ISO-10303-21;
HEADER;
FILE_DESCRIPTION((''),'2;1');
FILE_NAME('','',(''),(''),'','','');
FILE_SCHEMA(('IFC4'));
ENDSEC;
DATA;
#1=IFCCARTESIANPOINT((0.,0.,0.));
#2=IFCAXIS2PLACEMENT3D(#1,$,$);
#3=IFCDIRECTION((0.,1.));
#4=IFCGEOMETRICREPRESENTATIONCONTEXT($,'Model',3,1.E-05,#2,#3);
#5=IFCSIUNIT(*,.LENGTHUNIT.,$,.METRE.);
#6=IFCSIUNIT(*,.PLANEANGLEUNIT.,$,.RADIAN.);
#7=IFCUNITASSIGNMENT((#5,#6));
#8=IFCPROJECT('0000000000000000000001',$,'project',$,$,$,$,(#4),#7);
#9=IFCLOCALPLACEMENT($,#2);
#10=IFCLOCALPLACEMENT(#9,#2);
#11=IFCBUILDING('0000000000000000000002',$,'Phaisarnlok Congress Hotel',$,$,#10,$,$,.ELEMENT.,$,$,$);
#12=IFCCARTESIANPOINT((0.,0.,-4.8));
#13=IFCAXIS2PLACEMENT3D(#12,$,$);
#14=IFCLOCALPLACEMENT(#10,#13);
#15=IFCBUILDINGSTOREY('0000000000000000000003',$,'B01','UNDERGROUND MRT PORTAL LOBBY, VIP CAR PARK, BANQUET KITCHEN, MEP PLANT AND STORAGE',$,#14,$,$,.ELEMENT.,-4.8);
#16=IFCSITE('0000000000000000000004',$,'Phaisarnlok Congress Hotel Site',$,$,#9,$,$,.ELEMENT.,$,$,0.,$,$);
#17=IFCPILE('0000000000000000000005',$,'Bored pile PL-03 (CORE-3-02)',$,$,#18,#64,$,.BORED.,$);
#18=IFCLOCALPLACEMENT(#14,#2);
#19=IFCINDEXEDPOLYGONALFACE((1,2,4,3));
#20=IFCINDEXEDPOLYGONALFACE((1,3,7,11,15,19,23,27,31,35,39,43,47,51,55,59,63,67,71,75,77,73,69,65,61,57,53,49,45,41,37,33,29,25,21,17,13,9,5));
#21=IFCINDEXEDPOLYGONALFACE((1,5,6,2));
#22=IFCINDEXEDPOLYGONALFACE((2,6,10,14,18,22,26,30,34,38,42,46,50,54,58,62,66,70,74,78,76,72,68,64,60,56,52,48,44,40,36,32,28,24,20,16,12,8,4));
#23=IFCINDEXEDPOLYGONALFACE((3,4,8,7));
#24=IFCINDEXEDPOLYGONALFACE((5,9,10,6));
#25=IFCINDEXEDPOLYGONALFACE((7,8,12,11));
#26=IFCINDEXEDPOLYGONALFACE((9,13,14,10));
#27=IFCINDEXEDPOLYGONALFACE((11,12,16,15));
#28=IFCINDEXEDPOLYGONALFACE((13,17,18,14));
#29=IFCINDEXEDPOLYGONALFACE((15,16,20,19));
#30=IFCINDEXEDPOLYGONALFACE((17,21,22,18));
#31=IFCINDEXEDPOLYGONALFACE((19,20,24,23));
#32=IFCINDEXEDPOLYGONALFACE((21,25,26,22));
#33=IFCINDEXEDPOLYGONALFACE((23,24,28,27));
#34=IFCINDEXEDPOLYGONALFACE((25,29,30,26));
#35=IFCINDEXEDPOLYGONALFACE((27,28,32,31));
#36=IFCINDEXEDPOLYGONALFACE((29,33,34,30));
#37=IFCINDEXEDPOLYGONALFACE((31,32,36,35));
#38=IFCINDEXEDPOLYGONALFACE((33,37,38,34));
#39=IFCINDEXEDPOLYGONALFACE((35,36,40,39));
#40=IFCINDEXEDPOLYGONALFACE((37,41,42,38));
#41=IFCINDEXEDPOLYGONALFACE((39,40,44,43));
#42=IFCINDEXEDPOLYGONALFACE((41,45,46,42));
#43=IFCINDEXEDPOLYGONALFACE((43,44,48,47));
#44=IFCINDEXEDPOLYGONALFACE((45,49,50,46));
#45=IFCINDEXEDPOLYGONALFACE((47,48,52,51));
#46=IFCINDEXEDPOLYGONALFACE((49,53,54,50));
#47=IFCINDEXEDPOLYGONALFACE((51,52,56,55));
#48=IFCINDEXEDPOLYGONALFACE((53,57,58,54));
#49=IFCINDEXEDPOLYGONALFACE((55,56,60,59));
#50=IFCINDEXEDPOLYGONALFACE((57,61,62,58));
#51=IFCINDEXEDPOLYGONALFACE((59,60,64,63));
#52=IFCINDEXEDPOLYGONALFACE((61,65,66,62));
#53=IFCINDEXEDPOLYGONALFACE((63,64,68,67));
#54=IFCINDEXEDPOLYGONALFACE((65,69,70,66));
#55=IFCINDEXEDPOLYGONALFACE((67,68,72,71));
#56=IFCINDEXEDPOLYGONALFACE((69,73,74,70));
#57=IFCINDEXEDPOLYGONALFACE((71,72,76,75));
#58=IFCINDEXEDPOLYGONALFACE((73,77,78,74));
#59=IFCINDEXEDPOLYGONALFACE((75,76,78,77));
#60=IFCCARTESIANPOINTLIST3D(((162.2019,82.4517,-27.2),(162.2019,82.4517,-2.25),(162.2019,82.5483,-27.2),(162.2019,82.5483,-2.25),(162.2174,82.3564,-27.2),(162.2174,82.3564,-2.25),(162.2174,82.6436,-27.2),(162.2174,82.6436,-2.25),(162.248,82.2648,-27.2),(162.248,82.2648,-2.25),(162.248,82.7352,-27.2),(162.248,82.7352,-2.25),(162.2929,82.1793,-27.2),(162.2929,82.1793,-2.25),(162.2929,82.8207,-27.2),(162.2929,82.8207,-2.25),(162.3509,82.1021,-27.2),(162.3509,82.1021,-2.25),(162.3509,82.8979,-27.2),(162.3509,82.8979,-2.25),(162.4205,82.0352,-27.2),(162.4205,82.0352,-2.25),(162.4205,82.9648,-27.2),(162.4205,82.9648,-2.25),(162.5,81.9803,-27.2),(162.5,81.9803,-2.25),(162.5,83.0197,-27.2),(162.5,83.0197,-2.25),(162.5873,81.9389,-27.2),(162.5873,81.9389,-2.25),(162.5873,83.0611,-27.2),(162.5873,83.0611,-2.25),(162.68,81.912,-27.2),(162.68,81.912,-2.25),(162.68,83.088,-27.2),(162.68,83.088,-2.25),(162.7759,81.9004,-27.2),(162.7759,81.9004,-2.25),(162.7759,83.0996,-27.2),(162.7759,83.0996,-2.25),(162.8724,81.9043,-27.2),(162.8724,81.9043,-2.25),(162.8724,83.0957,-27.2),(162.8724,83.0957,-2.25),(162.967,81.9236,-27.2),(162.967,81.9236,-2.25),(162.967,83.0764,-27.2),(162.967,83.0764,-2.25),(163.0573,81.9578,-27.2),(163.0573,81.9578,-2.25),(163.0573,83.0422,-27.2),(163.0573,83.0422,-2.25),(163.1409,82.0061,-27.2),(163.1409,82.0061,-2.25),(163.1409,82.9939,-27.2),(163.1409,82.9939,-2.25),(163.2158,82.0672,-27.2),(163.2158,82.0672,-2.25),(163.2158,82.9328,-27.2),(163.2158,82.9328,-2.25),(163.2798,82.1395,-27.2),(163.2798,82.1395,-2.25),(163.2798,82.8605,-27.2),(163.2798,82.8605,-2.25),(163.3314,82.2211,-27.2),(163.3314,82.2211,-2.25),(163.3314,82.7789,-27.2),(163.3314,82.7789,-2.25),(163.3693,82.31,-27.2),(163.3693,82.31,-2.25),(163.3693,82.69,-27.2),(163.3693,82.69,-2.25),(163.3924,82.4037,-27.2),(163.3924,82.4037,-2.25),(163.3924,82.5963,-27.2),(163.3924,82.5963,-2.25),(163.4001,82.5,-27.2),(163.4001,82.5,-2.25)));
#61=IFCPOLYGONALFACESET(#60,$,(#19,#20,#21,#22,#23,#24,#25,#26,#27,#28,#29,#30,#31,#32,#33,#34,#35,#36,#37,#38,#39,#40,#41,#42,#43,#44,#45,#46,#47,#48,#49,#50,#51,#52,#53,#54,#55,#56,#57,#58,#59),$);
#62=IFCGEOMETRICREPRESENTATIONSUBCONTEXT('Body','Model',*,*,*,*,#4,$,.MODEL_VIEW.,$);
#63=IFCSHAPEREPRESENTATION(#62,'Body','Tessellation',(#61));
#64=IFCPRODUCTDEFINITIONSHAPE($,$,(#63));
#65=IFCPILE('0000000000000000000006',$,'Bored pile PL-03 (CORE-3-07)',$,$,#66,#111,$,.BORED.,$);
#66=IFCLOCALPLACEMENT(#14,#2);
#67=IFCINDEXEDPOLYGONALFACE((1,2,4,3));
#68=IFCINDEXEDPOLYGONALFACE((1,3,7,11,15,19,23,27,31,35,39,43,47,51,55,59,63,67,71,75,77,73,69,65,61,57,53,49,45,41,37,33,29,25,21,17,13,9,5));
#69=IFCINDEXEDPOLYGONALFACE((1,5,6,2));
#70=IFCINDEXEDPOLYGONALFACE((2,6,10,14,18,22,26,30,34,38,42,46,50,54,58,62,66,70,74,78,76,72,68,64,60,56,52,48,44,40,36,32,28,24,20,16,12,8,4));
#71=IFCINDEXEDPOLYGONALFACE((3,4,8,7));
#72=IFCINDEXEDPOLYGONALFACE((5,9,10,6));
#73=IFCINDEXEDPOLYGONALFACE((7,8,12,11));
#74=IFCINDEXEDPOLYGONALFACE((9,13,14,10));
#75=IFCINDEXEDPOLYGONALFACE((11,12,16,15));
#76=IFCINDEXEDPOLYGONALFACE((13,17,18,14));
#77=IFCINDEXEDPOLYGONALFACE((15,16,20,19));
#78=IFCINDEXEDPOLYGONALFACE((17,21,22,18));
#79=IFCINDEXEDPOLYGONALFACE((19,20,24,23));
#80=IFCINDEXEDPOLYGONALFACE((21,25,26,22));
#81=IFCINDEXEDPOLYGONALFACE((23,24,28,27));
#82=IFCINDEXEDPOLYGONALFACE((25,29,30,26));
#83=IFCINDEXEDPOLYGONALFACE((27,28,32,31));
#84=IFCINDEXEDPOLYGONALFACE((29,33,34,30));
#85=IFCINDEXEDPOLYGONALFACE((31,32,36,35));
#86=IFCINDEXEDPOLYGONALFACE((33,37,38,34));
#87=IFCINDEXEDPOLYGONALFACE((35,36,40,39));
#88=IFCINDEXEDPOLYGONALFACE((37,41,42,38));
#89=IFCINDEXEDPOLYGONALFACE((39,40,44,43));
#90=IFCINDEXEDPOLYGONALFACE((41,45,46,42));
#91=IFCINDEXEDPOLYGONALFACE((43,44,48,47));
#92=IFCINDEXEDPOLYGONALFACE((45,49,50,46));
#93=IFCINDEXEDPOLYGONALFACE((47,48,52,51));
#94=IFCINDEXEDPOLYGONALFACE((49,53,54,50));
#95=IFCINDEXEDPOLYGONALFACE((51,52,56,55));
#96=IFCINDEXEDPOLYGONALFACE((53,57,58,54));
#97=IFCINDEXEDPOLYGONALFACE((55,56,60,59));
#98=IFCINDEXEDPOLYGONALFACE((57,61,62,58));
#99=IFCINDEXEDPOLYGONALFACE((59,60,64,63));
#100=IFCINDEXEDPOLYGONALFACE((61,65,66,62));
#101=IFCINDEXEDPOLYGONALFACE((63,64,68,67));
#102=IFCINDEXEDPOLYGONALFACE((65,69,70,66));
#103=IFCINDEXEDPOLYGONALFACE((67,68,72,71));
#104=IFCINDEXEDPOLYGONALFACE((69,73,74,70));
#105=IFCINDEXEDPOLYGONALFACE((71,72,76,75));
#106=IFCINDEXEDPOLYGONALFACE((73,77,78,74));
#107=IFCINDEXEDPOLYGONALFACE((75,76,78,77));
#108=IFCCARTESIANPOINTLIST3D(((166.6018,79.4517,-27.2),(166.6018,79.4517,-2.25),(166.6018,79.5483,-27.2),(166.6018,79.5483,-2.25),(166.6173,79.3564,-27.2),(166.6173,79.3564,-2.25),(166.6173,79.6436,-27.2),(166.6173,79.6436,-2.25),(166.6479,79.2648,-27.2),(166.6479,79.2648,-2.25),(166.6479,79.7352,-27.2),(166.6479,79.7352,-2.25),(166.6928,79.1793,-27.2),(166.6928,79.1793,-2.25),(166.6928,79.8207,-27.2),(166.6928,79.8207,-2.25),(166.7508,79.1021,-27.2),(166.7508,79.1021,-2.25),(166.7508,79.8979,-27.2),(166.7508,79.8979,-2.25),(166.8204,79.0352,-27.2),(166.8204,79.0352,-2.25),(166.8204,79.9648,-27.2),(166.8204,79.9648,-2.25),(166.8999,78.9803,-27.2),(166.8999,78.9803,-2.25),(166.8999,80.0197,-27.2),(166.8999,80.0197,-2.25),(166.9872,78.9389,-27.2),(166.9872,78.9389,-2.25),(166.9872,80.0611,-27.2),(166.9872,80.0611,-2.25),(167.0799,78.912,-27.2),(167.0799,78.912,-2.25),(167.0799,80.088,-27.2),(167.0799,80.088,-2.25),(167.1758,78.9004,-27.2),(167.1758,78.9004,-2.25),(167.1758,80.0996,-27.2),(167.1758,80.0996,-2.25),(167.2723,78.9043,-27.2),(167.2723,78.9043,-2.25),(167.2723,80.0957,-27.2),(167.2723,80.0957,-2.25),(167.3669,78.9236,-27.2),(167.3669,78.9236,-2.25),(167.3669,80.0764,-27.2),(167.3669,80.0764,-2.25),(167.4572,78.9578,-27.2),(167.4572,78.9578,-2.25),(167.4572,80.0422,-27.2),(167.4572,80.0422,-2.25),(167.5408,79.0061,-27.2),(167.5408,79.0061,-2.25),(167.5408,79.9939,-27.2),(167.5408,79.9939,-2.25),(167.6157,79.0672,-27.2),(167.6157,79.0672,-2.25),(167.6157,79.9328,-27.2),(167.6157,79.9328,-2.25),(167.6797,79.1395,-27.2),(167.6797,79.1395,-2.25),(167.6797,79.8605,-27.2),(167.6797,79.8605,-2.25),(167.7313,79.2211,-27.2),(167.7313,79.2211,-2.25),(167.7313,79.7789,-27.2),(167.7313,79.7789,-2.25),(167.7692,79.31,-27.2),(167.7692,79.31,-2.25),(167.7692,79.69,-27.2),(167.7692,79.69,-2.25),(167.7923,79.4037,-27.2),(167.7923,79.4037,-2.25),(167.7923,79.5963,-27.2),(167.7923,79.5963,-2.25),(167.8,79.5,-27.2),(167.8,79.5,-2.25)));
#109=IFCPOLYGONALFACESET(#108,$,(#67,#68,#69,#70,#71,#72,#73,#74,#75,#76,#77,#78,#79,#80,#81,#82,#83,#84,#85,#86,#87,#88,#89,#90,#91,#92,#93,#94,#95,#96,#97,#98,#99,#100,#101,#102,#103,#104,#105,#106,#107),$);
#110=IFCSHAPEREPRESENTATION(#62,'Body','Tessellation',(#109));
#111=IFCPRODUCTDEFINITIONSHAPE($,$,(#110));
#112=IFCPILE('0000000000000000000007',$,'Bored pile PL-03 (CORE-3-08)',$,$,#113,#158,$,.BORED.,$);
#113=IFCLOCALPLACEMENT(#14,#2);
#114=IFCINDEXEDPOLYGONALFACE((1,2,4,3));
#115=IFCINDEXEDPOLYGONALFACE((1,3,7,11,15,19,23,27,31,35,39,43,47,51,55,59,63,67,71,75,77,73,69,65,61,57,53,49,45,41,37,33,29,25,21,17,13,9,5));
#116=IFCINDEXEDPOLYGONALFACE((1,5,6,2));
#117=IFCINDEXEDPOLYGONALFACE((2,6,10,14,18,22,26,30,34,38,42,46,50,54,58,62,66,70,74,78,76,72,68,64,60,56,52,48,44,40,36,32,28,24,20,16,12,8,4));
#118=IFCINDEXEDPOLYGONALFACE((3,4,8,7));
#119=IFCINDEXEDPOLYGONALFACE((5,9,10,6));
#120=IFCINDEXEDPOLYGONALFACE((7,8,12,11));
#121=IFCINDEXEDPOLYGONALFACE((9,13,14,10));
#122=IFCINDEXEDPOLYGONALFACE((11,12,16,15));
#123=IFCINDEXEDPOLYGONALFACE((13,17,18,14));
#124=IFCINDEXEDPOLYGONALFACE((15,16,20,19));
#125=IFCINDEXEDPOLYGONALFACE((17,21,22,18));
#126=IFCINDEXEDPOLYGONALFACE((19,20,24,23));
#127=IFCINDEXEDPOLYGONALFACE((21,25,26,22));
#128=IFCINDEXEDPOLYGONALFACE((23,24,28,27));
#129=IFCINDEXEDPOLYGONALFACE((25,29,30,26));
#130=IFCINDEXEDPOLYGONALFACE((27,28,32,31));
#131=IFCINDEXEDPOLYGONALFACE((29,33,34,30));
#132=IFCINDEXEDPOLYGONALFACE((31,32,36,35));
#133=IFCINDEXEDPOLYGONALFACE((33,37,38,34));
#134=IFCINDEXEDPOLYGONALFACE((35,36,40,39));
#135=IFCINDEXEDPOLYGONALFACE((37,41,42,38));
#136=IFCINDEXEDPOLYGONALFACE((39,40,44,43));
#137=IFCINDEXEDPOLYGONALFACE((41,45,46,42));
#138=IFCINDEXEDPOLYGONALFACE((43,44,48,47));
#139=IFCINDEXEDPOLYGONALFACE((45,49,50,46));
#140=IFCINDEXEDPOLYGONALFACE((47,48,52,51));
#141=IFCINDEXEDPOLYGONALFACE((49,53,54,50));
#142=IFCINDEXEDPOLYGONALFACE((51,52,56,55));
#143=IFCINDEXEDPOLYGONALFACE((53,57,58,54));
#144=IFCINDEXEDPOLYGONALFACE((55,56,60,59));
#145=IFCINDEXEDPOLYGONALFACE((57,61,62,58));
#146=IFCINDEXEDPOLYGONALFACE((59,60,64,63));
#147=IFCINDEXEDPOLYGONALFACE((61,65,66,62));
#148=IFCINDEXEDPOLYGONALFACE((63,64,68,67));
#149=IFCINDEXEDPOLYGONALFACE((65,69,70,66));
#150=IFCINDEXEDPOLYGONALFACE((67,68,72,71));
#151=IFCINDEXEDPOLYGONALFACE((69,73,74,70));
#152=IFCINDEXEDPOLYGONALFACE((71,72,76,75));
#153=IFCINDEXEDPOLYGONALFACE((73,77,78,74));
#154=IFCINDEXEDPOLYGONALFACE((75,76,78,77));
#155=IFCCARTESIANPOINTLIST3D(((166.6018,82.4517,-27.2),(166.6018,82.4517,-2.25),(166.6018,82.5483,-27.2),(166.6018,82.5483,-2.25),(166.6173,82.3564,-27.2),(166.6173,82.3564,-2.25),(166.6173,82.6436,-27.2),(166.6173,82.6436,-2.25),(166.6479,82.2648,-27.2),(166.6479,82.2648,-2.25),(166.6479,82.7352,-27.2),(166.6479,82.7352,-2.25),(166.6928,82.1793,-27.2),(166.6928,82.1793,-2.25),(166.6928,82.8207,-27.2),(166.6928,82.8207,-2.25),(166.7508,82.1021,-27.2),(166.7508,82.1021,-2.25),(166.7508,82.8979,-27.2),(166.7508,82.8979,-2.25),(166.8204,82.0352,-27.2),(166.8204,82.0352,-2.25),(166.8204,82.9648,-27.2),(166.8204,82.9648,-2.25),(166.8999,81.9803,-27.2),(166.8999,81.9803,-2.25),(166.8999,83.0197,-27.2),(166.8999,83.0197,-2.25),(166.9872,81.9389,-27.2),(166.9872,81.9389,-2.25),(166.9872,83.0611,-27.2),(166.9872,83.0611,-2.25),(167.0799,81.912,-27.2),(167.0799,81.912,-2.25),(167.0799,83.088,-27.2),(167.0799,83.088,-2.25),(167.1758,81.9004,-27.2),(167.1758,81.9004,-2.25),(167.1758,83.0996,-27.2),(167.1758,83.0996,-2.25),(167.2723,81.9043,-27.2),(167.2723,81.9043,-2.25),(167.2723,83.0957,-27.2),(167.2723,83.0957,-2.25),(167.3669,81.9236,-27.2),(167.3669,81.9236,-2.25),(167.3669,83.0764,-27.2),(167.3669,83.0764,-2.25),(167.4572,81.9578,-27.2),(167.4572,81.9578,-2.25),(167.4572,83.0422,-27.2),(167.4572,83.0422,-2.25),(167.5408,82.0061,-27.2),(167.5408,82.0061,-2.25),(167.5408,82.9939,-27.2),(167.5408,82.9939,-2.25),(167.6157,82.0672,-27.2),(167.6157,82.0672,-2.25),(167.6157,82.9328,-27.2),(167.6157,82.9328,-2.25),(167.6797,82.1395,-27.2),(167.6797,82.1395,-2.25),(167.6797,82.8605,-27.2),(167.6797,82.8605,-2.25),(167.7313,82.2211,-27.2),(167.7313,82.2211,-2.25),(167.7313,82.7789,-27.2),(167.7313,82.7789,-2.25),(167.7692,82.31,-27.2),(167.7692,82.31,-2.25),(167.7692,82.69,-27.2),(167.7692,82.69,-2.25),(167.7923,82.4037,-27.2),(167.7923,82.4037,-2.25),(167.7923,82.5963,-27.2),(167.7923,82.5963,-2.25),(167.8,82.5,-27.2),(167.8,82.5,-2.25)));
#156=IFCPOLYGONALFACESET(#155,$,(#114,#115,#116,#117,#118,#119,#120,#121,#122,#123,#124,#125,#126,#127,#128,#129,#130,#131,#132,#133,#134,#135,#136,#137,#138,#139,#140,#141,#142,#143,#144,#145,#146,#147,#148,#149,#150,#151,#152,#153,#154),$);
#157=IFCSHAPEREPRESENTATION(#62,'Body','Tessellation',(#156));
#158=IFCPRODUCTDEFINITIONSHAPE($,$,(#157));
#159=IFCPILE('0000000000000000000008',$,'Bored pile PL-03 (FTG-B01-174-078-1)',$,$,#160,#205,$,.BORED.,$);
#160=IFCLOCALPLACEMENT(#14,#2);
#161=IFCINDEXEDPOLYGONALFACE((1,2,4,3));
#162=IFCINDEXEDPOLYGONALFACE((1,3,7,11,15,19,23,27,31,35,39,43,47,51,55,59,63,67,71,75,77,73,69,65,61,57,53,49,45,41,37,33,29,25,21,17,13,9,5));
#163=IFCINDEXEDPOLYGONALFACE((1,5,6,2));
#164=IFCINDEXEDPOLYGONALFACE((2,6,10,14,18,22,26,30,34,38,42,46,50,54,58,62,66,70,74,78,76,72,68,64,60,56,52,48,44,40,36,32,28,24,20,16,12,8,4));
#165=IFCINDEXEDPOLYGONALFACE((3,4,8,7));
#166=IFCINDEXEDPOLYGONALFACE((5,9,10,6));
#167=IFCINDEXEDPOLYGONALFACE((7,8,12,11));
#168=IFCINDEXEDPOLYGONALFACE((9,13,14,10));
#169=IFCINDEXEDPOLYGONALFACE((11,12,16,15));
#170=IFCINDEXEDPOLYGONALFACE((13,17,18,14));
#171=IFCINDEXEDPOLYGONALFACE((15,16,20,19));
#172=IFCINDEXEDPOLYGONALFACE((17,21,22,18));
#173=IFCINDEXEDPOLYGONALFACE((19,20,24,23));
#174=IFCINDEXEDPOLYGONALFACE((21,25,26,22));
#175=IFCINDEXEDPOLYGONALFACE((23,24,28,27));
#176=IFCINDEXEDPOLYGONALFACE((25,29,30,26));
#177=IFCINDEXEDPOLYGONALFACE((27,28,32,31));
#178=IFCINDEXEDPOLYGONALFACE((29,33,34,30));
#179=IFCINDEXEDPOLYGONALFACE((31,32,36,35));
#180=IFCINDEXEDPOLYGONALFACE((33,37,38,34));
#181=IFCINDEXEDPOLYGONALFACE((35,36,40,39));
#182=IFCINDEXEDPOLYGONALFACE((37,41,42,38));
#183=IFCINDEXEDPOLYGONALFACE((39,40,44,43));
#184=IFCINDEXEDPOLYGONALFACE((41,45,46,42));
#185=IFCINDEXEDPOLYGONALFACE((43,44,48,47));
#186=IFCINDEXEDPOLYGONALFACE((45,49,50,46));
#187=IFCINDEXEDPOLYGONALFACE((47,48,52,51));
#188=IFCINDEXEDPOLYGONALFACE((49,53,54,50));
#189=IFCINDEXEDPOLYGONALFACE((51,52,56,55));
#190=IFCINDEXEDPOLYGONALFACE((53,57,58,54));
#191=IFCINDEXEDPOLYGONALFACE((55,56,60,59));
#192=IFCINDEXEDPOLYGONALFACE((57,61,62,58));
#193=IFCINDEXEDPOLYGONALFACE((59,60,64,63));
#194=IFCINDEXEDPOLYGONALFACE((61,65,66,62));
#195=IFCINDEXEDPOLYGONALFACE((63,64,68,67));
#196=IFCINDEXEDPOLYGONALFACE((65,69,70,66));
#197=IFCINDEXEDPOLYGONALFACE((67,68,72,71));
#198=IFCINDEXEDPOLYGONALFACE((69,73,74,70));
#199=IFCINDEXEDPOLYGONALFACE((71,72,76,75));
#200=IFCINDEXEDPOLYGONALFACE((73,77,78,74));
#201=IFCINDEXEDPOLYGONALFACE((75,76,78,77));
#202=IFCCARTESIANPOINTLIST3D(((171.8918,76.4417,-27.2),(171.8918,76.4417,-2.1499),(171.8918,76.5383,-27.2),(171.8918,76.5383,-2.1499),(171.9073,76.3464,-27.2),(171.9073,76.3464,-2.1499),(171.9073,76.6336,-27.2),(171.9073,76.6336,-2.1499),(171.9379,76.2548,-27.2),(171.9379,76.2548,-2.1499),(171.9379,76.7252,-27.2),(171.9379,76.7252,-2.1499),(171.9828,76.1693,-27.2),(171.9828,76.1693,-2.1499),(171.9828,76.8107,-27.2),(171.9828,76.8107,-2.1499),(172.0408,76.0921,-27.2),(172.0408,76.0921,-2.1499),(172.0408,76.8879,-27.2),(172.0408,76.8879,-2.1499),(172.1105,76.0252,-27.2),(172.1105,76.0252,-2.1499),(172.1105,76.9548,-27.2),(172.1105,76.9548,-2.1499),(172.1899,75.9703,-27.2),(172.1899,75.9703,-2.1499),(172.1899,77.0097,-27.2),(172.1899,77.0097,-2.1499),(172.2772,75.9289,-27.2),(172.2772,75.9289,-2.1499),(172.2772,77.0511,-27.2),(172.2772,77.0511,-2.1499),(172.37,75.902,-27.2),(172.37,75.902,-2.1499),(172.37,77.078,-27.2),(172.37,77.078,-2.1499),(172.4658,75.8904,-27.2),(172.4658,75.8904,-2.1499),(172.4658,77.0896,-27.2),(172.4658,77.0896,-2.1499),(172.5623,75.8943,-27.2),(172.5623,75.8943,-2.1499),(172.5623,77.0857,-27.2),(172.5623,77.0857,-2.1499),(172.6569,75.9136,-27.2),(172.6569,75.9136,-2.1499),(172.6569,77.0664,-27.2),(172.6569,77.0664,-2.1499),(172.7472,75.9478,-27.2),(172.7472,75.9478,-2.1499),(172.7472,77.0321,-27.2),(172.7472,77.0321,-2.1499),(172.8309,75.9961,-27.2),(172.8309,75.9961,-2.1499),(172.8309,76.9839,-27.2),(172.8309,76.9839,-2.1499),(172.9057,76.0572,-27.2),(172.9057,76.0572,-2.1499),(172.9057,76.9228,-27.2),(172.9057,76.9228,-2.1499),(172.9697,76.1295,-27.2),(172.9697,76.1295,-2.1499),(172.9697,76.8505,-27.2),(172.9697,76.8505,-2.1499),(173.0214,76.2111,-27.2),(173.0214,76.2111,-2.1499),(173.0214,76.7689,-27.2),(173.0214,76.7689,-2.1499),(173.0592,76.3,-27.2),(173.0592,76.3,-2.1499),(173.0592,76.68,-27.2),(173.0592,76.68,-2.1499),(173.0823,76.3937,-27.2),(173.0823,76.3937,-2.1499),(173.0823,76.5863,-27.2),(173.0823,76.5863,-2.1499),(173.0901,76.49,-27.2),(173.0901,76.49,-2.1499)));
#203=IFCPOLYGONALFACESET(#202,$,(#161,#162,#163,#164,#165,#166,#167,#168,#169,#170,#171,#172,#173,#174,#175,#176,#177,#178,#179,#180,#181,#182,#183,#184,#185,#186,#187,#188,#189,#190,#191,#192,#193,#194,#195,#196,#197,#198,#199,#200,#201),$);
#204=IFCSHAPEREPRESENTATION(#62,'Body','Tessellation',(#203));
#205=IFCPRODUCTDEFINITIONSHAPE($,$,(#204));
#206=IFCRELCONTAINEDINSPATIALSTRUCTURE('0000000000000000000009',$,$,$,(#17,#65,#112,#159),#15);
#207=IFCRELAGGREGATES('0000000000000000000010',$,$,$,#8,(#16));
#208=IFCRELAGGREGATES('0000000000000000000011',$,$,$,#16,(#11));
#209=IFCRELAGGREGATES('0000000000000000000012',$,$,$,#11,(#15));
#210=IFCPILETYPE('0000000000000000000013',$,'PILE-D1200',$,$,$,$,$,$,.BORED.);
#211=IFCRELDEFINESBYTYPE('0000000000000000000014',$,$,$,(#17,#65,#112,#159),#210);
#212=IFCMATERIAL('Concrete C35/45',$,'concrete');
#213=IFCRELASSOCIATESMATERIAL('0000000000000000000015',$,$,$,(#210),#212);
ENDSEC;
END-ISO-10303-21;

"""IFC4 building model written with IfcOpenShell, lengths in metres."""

from ifc_helpers import new_model, si_unit, direction, frame, origin, origin_2d, place, context, subcontext, project, spatial, circle, extrude, material, material_profile, profile_set, type_object, element, save


model = new_model("IFC4")

# Units and contexts
model_context = context("Model", 3, precision=1e-05, world=origin(), true_north=direction((0.0, 1.0)))
body_context = subcontext(model_context, "Body", "Model", "MODEL_VIEW")
ifc_project = project(units=[si_unit("LENGTHUNIT", "METRE"), si_unit("PLANEANGLEUNIT", "RADIAN")], contexts=[model_context])

# Site, building, storey
site_placement = place(None, origin())
site = spatial("IfcSite", under=ifc_project, at=site_placement, Name="Phaisarnlok Congress Hotel Site", CompositionType="ELEMENT", RefElevation=0.0)
building_placement = place(site_placement, origin())
building = spatial("IfcBuilding", under=site, at=building_placement, Name="Phaisarnlok Congress Hotel", CompositionType="ELEMENT")
storey_placement = place(building_placement, frame((0.0, 0.0, -4.8)))
storey = spatial("IfcBuildingStorey", under=building, at=storey_placement, Name="B01", Description="UNDERGROUND MRT PORTAL LOBBY, VIP CAR PARK, BANQUET KITCHEN, MEP PLANT AND STORAGE", CompositionType="ELEMENT", Elevation=-4.8)

# Piles
ifc_material_1 = material(Name="Concrete C35/45", Category="concrete")
ifc_material_profile_1 = material_profile(ifc_material_1, circle(Radius=0.6001, at=origin_2d()), Name="BORED PILE D1200")
ifc_profile_set_1 = profile_set([ifc_material_profile_1], Name="Concrete C35/45")
pile_type_1 = type_object("IfcPileType", Name="PILE-D1200", PredefinedType="BORED", material=ifc_profile_set_1)
for number, where, z_axis, x_axis, name in (
    (1, (162.8, 82.5, -2.25), (0.0, 0.0, -1.0), (1.0, 0.0, 0.0), "Bored pile PL-03 (CORE-3-02)"),
    (2, (167.2, 79.5, -2.25), (0.0, 0.0, -1.0), (1.0, 0.0, 0.0), "Bored pile PL-03 (CORE-3-07)"),
    (3, (167.2, 82.5, -2.25), (0.0, 0.0, -1.0), (1.0, 0.0, 0.0), "Bored pile PL-03 (CORE-3-08)"),
):
    element("IfcPile", number, at=place(storey_placement, frame(where, z_axis=z_axis, x_axis=x_axis)), inside=storey, type_object=pile_type_1, Name=name, PredefinedType="BORED", context=body_context, shape_type="SweptSolid", body=[
        extrude(circle(Radius=0.6001, at=origin_2d()), origin(), (0.0, 0.0, 1.0), 24.95),
    ])
for number, where, z_axis, x_axis, name in (
    (4, (172.49, 76.49, -2.1499), (0.0, 0.0, -1.0), (1.0, 0.0, 0.0), "Bored pile PL-03 (FTG-B01-174-078-1)"),
):
    element("IfcPile", number, at=place(storey_placement, frame(where, z_axis=z_axis, x_axis=x_axis)), inside=storey, type_object=pile_type_1, Name=name, PredefinedType="BORED", context=body_context, shape_type="SweptSolid", body=[
        extrude(circle(Radius=0.6001, at=origin_2d()), origin(), (0.0, 0.0, 1.0), 25.05),
    ])

save(model, "model.ifc")
